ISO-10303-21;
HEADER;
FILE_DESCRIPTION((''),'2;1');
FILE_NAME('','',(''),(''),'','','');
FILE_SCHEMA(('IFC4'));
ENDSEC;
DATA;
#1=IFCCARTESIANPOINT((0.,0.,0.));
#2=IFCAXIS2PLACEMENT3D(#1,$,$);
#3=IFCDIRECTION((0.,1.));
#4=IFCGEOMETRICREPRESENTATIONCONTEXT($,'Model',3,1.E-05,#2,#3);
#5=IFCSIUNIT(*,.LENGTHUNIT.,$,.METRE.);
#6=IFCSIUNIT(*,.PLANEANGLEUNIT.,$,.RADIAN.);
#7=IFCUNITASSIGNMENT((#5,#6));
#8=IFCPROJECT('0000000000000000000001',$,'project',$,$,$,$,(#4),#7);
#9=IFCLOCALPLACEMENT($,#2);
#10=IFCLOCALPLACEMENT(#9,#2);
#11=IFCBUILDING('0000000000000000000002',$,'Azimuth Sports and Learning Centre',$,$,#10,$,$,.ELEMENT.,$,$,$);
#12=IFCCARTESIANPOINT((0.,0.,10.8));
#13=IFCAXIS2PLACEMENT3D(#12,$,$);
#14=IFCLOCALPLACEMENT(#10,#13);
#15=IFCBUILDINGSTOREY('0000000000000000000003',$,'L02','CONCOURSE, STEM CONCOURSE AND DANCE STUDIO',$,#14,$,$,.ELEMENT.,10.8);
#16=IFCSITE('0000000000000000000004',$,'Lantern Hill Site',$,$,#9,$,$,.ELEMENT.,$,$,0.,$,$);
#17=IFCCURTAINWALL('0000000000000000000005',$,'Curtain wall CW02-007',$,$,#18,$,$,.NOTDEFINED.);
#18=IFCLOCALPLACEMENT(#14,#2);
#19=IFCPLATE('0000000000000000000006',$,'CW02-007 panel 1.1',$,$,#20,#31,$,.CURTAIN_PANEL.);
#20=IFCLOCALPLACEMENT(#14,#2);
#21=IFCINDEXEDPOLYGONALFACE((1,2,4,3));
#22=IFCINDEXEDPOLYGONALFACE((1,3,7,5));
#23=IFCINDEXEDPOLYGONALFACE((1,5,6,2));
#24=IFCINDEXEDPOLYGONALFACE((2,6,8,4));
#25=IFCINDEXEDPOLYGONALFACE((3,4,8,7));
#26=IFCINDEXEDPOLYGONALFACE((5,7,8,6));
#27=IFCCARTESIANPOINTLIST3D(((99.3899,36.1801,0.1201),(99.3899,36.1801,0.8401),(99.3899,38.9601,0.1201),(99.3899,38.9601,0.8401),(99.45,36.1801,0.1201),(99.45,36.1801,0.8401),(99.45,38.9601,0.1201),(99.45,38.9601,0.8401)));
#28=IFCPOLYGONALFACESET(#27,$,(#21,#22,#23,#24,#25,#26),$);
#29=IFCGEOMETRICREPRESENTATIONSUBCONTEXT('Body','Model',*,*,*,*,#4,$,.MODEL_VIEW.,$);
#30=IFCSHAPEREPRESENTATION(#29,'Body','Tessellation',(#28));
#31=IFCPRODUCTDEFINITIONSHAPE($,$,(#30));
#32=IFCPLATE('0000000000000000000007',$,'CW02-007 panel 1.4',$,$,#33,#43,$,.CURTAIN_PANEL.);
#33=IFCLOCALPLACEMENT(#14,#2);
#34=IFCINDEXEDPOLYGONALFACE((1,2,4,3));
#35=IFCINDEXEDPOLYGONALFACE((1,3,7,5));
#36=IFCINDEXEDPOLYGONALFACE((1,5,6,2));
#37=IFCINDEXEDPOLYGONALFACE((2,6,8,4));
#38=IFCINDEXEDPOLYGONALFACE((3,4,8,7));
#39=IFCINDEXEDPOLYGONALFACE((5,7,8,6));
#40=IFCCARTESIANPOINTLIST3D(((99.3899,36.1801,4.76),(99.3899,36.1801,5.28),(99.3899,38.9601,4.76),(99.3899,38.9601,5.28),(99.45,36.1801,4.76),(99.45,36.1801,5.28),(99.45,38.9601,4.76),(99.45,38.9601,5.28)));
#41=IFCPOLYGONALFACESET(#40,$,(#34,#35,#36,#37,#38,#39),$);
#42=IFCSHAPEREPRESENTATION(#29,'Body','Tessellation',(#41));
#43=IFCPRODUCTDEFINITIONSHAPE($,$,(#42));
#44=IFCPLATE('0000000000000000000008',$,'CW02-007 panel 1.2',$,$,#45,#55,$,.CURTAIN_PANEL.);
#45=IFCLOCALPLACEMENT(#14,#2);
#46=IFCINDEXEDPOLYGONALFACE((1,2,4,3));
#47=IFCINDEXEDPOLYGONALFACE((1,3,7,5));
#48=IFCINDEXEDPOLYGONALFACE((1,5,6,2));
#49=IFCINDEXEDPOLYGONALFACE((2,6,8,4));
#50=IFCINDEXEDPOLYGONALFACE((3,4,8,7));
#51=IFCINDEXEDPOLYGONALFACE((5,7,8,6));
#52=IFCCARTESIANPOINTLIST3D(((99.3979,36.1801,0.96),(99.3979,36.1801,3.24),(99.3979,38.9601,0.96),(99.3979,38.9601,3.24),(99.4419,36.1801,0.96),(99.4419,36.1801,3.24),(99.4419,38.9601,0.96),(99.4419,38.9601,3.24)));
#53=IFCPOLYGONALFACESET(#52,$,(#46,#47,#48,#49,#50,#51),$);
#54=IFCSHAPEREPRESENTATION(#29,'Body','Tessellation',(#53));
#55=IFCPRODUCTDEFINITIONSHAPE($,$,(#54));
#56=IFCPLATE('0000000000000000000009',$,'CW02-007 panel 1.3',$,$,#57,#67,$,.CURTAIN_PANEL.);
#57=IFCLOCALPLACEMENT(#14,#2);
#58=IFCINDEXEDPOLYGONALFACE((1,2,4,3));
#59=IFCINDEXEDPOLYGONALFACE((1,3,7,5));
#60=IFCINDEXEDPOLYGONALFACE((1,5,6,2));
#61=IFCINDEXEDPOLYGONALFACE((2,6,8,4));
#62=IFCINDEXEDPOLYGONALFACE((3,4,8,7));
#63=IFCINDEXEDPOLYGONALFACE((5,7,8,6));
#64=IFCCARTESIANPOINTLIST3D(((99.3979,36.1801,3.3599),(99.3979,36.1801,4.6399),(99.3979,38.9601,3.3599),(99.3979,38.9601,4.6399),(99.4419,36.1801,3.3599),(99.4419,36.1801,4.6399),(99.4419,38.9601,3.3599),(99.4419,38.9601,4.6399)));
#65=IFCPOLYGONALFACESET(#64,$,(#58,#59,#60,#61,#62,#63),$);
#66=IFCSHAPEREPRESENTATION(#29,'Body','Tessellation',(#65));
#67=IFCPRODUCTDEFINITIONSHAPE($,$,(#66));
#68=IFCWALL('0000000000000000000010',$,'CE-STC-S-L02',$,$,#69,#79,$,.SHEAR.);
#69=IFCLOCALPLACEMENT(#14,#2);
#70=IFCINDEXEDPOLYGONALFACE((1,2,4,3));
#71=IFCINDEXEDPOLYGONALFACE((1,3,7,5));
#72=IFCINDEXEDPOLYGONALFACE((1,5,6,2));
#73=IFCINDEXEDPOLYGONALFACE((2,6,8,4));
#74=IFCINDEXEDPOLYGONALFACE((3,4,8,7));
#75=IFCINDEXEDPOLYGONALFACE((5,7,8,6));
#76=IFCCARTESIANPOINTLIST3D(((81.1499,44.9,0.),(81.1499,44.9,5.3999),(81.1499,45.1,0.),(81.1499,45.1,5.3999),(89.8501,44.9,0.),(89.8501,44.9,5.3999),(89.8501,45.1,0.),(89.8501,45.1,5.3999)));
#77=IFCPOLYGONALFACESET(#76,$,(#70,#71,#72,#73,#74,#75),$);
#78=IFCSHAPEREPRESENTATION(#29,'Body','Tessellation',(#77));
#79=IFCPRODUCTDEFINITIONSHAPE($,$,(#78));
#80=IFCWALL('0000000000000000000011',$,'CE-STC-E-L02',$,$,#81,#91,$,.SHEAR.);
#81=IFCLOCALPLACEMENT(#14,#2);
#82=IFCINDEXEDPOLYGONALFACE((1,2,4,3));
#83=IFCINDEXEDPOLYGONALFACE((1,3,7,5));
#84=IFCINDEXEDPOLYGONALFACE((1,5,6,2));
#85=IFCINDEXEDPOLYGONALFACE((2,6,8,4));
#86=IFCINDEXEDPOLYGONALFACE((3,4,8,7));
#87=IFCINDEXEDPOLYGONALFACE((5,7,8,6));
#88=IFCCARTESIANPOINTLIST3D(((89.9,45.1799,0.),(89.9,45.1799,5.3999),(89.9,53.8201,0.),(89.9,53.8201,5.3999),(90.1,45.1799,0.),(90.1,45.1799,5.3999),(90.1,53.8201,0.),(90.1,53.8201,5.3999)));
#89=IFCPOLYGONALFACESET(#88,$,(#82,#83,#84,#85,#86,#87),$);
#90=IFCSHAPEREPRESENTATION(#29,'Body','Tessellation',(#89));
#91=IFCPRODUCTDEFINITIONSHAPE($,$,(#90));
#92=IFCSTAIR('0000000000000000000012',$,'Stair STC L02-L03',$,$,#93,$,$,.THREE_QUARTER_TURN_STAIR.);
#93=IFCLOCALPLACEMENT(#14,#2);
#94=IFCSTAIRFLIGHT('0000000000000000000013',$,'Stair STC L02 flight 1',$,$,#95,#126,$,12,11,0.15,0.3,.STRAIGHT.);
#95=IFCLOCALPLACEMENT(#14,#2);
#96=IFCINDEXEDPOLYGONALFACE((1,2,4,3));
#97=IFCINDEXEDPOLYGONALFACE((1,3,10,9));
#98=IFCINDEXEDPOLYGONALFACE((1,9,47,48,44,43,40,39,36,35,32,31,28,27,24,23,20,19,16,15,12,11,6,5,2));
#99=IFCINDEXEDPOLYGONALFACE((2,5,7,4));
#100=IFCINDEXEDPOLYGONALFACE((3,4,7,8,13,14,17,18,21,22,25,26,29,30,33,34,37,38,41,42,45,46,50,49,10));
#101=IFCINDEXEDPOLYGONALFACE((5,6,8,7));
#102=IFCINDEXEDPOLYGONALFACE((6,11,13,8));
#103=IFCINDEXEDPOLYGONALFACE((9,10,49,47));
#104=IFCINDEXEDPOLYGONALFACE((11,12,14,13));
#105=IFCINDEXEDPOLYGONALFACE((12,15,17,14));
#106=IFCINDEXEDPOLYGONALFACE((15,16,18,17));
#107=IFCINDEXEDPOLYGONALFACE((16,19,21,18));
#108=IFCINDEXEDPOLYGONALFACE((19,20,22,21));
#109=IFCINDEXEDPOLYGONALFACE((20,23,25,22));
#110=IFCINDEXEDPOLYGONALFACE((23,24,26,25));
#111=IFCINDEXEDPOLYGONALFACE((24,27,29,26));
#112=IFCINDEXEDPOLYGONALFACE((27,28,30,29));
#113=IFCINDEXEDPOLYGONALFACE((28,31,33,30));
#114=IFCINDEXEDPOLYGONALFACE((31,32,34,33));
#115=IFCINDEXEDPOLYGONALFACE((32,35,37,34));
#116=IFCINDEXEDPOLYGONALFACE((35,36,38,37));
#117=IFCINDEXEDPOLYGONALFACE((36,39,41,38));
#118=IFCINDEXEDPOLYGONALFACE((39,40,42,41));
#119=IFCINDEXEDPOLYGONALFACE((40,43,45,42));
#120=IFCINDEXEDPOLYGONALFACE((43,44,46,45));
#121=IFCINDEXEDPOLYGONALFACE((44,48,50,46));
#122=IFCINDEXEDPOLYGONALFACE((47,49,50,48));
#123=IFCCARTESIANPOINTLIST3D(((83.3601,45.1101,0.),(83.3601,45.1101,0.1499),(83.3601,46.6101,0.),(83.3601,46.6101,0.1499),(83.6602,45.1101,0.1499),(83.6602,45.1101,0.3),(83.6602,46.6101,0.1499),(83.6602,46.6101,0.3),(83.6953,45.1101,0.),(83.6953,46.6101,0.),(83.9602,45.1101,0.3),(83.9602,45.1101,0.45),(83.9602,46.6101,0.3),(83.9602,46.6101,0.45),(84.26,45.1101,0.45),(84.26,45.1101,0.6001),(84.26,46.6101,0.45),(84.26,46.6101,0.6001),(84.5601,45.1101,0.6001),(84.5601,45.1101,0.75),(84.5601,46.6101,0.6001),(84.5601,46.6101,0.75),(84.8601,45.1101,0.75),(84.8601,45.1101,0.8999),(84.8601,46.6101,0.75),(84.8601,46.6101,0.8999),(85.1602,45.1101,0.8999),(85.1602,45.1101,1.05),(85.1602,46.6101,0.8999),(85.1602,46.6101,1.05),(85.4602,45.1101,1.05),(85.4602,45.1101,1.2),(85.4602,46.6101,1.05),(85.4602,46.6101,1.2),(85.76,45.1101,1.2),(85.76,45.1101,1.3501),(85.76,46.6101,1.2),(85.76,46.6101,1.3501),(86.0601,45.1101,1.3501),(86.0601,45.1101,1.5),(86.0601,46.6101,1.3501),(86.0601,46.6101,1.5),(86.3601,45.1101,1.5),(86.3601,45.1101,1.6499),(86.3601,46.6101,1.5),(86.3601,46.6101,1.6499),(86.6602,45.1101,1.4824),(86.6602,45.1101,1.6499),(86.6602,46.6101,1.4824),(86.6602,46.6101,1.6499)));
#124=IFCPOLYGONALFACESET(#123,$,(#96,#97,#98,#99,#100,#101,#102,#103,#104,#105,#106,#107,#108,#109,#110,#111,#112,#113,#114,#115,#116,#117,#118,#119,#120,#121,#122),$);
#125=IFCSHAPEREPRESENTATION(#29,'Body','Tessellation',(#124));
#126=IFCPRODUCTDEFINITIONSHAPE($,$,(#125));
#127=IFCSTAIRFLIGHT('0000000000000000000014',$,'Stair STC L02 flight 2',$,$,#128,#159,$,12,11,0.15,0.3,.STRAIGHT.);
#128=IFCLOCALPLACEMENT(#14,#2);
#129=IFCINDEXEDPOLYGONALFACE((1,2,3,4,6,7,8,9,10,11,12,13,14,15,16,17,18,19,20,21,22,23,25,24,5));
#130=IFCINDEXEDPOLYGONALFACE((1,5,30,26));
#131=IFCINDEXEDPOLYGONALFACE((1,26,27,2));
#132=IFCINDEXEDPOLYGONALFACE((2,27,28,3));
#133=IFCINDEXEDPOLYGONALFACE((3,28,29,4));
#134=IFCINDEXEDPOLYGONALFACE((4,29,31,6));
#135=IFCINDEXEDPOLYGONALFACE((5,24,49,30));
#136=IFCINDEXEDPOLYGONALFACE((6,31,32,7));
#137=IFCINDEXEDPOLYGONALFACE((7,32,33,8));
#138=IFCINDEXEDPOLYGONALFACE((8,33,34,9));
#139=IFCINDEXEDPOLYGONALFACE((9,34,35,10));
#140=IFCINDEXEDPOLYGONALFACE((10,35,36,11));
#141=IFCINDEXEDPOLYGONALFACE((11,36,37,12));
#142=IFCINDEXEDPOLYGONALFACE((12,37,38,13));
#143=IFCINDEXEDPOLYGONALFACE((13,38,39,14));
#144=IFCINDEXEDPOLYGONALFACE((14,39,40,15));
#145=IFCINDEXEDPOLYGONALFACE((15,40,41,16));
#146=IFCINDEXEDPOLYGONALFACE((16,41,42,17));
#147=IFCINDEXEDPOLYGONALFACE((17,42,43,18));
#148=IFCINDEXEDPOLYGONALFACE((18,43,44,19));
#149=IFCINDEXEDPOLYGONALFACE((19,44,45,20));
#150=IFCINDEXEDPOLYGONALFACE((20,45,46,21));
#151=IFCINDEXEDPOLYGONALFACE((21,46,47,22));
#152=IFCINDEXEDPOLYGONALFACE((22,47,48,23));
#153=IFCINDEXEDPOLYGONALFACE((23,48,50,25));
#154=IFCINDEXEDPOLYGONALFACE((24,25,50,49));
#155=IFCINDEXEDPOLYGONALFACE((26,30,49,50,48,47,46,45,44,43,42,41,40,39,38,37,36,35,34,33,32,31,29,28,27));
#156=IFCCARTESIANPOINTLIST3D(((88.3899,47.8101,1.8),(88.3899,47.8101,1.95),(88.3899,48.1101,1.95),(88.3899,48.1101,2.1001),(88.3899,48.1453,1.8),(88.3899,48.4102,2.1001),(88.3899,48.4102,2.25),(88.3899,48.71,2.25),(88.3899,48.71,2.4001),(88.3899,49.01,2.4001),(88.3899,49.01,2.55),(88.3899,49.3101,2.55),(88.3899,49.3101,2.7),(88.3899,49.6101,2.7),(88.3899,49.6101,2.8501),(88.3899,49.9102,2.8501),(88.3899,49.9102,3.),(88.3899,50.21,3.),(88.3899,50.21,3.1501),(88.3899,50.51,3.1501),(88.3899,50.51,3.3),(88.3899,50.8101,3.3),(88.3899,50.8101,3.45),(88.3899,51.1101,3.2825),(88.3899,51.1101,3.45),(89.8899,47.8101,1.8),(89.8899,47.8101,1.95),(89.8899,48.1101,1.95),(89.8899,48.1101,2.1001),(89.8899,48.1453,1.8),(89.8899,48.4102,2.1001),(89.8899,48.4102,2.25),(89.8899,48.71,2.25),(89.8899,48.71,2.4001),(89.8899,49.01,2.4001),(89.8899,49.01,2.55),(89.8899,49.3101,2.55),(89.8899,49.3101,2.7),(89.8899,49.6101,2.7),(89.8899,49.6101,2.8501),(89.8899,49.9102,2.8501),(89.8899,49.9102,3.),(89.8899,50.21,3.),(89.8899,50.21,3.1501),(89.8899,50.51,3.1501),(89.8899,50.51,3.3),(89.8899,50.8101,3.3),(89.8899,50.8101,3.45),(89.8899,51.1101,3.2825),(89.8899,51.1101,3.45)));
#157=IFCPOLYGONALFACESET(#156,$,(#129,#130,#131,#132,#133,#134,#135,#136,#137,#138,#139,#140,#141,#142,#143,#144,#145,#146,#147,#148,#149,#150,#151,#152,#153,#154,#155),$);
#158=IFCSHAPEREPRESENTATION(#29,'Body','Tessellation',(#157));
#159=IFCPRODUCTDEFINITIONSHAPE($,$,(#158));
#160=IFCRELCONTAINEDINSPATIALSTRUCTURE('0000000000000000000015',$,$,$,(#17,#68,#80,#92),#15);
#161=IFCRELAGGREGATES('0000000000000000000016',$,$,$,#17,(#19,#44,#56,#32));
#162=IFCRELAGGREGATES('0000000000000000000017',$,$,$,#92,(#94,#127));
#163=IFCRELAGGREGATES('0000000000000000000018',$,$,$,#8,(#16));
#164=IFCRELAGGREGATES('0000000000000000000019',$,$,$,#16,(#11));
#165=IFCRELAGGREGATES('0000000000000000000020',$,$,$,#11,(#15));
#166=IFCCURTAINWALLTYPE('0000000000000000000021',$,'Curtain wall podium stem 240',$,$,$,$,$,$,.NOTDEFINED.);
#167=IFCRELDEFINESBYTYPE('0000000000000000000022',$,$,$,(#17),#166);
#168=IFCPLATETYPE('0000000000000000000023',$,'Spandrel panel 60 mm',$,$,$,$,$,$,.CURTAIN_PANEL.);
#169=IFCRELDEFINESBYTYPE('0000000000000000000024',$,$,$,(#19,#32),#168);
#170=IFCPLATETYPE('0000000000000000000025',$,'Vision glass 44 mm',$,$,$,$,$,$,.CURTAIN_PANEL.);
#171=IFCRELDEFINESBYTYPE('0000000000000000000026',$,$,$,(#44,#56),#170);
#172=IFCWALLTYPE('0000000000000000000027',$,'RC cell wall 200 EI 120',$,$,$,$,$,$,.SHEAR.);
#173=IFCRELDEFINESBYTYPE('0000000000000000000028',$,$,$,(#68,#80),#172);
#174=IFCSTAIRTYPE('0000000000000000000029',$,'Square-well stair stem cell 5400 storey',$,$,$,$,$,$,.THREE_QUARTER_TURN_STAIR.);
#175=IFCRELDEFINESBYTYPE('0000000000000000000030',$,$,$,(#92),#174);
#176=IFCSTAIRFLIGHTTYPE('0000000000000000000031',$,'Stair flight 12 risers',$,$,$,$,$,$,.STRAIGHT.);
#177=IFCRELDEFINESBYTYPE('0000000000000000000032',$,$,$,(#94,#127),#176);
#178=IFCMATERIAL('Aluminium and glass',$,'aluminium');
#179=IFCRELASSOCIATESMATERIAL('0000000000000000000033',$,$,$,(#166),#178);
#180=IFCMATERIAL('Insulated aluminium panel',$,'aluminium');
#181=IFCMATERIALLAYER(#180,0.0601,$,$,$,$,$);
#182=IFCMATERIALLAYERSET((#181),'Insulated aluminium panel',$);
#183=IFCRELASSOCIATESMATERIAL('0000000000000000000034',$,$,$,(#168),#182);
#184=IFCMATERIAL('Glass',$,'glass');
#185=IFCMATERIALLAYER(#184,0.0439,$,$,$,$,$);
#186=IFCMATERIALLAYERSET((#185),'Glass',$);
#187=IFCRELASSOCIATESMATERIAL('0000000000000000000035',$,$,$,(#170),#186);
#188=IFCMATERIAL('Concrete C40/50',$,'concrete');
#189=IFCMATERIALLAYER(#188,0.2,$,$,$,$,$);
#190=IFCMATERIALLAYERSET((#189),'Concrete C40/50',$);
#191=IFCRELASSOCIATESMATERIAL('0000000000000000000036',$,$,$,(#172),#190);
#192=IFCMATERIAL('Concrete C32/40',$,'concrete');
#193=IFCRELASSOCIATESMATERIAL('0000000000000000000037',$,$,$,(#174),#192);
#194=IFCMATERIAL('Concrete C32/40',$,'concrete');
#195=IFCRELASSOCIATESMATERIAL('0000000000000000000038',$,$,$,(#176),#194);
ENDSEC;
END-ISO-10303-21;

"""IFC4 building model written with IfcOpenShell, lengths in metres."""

from ifc_helpers import new_model, si_unit, direction, frame, frame_2d, origin, origin_2d, place, context, subcontext, project, spatial, polyline, rectangle, outline, extrude, material, layer, layer_set, type_object, element, aggregate, save


model = new_model("IFC4")

# Units and contexts
model_context = context("Model", 3, precision=1e-05, world=origin(), true_north=direction((0.0, 1.0)))
body_context = subcontext(model_context, "Body", "Model", "MODEL_VIEW")
ifc_project = project(units=[si_unit("LENGTHUNIT", "METRE"), si_unit("PLANEANGLEUNIT", "RADIAN")], contexts=[model_context])

# Site, building, storey
site_placement = place(None, origin())
site = spatial("IfcSite", under=ifc_project, at=site_placement, Name="Lantern Hill Site", CompositionType="ELEMENT", RefElevation=0.0)
building_placement = place(site_placement, origin())
building = spatial("IfcBuilding", under=site, at=building_placement, Name="Azimuth Sports and Learning Centre", CompositionType="ELEMENT")
storey_placement = place(building_placement, frame((0.0, 0.0, 10.8)))
storey = spatial("IfcBuildingStorey", under=building, at=storey_placement, Name="L02", Description="CONCOURSE, STEM CONCOURSE AND DANCE STUDIO", CompositionType="ELEMENT", Elevation=10.8)

# Curtain wall, plates
ifc_material_1 = material(Name="Aluminium and glass", Category="aluminium")
curtain_wall_type = type_object("IfcCurtainWallType", Name="Curtain wall podium stem 240", PredefinedType="NOTDEFINED", material=ifc_material_1)
curtain_wall_placement = place(storey_placement, origin())
curtain_wall = element("IfcCurtainWall", 1, at=curtain_wall_placement, inside=storey, type_object=curtain_wall_type, Name="Curtain wall CW02-007", PredefinedType="NOTDEFINED")
ifc_material_2 = material(Name="Insulated aluminium panel", Category="aluminium")
ifc_layer_1 = layer(ifc_material_2, 0.0601)
ifc_layer_set_1 = layer_set([ifc_layer_1], Name="Insulated aluminium panel")
plate_type_1 = type_object("IfcPlateType", Name="Spandrel panel 60 mm", PredefinedType="CURTAIN_PANEL", material=ifc_layer_set_1)
plate_1_placement = place(storey_placement, frame((99.4199, 37.5701, 0.1201), z_axis=(0.0, 0.0, 1.0), x_axis=(0.0, 1.0, 0.0)))
plate_1 = element("IfcPlate", 2, at=plate_1_placement, type_object=plate_type_1, Name="CW02-007 panel 1.1", PredefinedType="CURTAIN_PANEL", context=body_context, shape_type="SweptSolid", body=[
    extrude(rectangle(XDim=2.78, YDim=0.0601, at=origin_2d()), origin(), (0.0, 0.0, 1.0), 0.72),
])
plate_2_placement = place(storey_placement, frame((99.4199, 37.5701, 4.76), z_axis=(0.0, 0.0, 1.0), x_axis=(0.0, 1.0, 0.0)))
plate_2 = element("IfcPlate", 3, at=plate_2_placement, type_object=plate_type_1, Name="CW02-007 panel 1.4", PredefinedType="CURTAIN_PANEL", context=body_context, shape_type="SweptSolid", body=[
    extrude(rectangle(XDim=2.78, YDim=0.0601, at=origin_2d()), origin(), (0.0, 0.0, 1.0), 0.52),
])
ifc_material_3 = material(Name="Glass", Category="glass")
ifc_layer_2 = layer(ifc_material_3, 0.0439)
ifc_layer_set_2 = layer_set([ifc_layer_2], Name="Glass")
plate_type_2 = type_object("IfcPlateType", Name="Vision glass 44 mm", PredefinedType="CURTAIN_PANEL", material=ifc_layer_set_2)
plate_3_placement = place(storey_placement, frame((99.4199, 37.5701, 0.96), z_axis=(0.0, 0.0, 1.0), x_axis=(0.0, 1.0, 0.0)))
plate_3 = element("IfcPlate", 4, at=plate_3_placement, type_object=plate_type_2, Name="CW02-007 panel 1.2", PredefinedType="CURTAIN_PANEL", context=body_context, shape_type="SweptSolid", body=[
    extrude(rectangle(XDim=2.78, YDim=0.0439, at=origin_2d()), origin(), (0.0, 0.0, 1.0), 2.28),
])
plate_4_placement = place(storey_placement, frame((99.4199, 37.5701, 3.3599), z_axis=(0.0, 0.0, 1.0), x_axis=(0.0, 1.0, 0.0)))
plate_4 = element("IfcPlate", 5, at=plate_4_placement, type_object=plate_type_2, Name="CW02-007 panel 1.3", PredefinedType="CURTAIN_PANEL", context=body_context, shape_type="SweptSolid", body=[
    extrude(rectangle(XDim=2.78, YDim=0.0439, at=origin_2d()), origin(), (0.0, 0.0, 1.0), 1.28),
])
aggregate(curtain_wall, [plate_1, plate_3, plate_4, plate_2])

# Walls
ifc_material_4 = material(Name="Concrete C40/50", Category="concrete")
ifc_layer_3 = layer(ifc_material_4, 0.2)
ifc_layer_set_3 = layer_set([ifc_layer_3], Name="Concrete C40/50")
wall_type = type_object("IfcWallType", Name="RC cell wall 200 EI 120", PredefinedType="SHEAR", material=ifc_layer_set_3)
wall_1_placement = place(storey_placement, frame((81.1499, 45.0, 0.0), z_axis=(0.0, 0.0, 1.0), x_axis=(1.0, 0.0, 0.0)))
element("IfcWall", 6, at=wall_1_placement, inside=storey, type_object=wall_type, Name="CE-STC-S-L02", PredefinedType="SHEAR", context=body_context, shape_type="SweptSolid", body=[
    extrude(rectangle(XDim=8.7002, YDim=0.2, at=frame_2d((4.3501, 0.0))), origin(), (0.0, 0.0, 1.0), 5.3999),
])
wall_2_placement = place(storey_placement, frame((90.0, 45.1799, 0.0), z_axis=(0.0, 0.0, 1.0), x_axis=(0.0, 1.0, 0.0)))
element("IfcWall", 7, at=wall_2_placement, inside=storey, type_object=wall_type, Name="CE-STC-E-L02", PredefinedType="SHEAR", context=body_context, shape_type="SweptSolid", body=[
    extrude(rectangle(XDim=8.6401, YDim=0.2, at=frame_2d((4.3201, 0.0))), origin(), (0.0, 0.0, 1.0), 5.3999),
])

# Stair, stair flights
ifc_material_5 = material(Name="Concrete C32/40", Category="concrete")
stair_type = type_object("IfcStairType", Name="Square-well stair stem cell 5400 storey", PredefinedType="THREE_QUARTER_TURN_STAIR", material=ifc_material_5)
stair_placement = place(storey_placement, origin())
stair = element("IfcStair", 8, at=stair_placement, inside=storey, type_object=stair_type, Name="Stair STC L02-L03", PredefinedType="THREE_QUARTER_TURN_STAIR")
ifc_material_6 = material(Name="Concrete C32/40", Category="concrete")
stair_flight_type = type_object("IfcStairFlightType", Name="Stair flight 12 risers", PredefinedType="STRAIGHT", material=ifc_material_6)
stair_flight_1_placement = place(storey_placement, frame((83.3601, 45.8601, 0.0), z_axis=(0.0, 0.0, 1.0), x_axis=(1.0, 0.0, 0.0)))
stair_flight_1 = element("IfcStairFlight", 9, at=stair_flight_1_placement, type_object=stair_flight_type, Name="Stair STC L02 flight 1", NumberOfRisers=12, NumberOfTreads=11, PredefinedType="STRAIGHT", RiserHeight=0.15, TreadLength=0.3, context=body_context, shape_type="SweptSolid", body=[
    extrude(outline(polyline([(0.0, 0.0), (0.0, 0.1499), (0.3, 0.1499), (0.3, 0.3), (0.6001, 0.3), (0.6001, 0.45), (0.8999, 0.45), (0.8999, 0.6001), (1.2, 0.6001), (1.2, 0.75), (1.5, 0.75), (1.5, 0.8999), (1.8, 0.8999), (1.8, 1.05), (2.1001, 1.05), (2.1001, 1.2), (2.3999, 1.2), (2.3999, 1.3501), (2.7, 1.3501), (2.7, 1.5), (3.0, 1.5), (3.0, 1.6499), (3.3, 1.6499), (3.3, 1.8), (3.3, 1.4824), (0.3352, 0.0), (0.0, 0.0)])), frame((0.0, 0.75, 0.0), z_axis=(0.0, -1.0, 0.0), x_axis=(1.0, 0.0, 0.0)), (0.0, 0.0, 1.0), 1.5),
])
stair_flight_2_placement = place(storey_placement, frame((89.1399, 47.8101, 1.8), z_axis=(0.0, 0.0, 1.0), x_axis=(0.0, 1.0, 0.0)))
stair_flight_2 = element("IfcStairFlight", 10, at=stair_flight_2_placement, type_object=stair_flight_type, Name="Stair STC L02 flight 2", NumberOfRisers=12, NumberOfTreads=11, PredefinedType="STRAIGHT", RiserHeight=0.15, TreadLength=0.3, context=body_context, shape_type="SweptSolid", body=[
    extrude(outline(polyline([(0.0, 0.0), (0.0, 0.1499), (0.3, 0.1499), (0.3, 0.3), (0.6001, 0.3), (0.6001, 0.45), (0.8999, 0.45), (0.8999, 0.6001), (1.2, 0.6001), (1.2, 0.75), (1.5, 0.75), (1.5, 0.8999), (1.8, 0.8999), (1.8, 1.05), (2.1001, 1.05), (2.1001, 1.2), (2.3999, 1.2), (2.3999, 1.3501), (2.7, 1.3501), (2.7, 1.5), (3.0, 1.5), (3.0, 1.6499), (3.3, 1.6499), (3.3, 1.8), (3.3, 1.4824), (0.3352, 0.0), (0.0, 0.0)])), frame((0.0, 0.75, 0.0), z_axis=(0.0, -1.0, 0.0), x_axis=(1.0, 0.0, 0.0)), (0.0, 0.0, 1.0), 1.5),
])
aggregate(stair, [stair_flight_1, stair_flight_2])

save(model, "model.ifc")
